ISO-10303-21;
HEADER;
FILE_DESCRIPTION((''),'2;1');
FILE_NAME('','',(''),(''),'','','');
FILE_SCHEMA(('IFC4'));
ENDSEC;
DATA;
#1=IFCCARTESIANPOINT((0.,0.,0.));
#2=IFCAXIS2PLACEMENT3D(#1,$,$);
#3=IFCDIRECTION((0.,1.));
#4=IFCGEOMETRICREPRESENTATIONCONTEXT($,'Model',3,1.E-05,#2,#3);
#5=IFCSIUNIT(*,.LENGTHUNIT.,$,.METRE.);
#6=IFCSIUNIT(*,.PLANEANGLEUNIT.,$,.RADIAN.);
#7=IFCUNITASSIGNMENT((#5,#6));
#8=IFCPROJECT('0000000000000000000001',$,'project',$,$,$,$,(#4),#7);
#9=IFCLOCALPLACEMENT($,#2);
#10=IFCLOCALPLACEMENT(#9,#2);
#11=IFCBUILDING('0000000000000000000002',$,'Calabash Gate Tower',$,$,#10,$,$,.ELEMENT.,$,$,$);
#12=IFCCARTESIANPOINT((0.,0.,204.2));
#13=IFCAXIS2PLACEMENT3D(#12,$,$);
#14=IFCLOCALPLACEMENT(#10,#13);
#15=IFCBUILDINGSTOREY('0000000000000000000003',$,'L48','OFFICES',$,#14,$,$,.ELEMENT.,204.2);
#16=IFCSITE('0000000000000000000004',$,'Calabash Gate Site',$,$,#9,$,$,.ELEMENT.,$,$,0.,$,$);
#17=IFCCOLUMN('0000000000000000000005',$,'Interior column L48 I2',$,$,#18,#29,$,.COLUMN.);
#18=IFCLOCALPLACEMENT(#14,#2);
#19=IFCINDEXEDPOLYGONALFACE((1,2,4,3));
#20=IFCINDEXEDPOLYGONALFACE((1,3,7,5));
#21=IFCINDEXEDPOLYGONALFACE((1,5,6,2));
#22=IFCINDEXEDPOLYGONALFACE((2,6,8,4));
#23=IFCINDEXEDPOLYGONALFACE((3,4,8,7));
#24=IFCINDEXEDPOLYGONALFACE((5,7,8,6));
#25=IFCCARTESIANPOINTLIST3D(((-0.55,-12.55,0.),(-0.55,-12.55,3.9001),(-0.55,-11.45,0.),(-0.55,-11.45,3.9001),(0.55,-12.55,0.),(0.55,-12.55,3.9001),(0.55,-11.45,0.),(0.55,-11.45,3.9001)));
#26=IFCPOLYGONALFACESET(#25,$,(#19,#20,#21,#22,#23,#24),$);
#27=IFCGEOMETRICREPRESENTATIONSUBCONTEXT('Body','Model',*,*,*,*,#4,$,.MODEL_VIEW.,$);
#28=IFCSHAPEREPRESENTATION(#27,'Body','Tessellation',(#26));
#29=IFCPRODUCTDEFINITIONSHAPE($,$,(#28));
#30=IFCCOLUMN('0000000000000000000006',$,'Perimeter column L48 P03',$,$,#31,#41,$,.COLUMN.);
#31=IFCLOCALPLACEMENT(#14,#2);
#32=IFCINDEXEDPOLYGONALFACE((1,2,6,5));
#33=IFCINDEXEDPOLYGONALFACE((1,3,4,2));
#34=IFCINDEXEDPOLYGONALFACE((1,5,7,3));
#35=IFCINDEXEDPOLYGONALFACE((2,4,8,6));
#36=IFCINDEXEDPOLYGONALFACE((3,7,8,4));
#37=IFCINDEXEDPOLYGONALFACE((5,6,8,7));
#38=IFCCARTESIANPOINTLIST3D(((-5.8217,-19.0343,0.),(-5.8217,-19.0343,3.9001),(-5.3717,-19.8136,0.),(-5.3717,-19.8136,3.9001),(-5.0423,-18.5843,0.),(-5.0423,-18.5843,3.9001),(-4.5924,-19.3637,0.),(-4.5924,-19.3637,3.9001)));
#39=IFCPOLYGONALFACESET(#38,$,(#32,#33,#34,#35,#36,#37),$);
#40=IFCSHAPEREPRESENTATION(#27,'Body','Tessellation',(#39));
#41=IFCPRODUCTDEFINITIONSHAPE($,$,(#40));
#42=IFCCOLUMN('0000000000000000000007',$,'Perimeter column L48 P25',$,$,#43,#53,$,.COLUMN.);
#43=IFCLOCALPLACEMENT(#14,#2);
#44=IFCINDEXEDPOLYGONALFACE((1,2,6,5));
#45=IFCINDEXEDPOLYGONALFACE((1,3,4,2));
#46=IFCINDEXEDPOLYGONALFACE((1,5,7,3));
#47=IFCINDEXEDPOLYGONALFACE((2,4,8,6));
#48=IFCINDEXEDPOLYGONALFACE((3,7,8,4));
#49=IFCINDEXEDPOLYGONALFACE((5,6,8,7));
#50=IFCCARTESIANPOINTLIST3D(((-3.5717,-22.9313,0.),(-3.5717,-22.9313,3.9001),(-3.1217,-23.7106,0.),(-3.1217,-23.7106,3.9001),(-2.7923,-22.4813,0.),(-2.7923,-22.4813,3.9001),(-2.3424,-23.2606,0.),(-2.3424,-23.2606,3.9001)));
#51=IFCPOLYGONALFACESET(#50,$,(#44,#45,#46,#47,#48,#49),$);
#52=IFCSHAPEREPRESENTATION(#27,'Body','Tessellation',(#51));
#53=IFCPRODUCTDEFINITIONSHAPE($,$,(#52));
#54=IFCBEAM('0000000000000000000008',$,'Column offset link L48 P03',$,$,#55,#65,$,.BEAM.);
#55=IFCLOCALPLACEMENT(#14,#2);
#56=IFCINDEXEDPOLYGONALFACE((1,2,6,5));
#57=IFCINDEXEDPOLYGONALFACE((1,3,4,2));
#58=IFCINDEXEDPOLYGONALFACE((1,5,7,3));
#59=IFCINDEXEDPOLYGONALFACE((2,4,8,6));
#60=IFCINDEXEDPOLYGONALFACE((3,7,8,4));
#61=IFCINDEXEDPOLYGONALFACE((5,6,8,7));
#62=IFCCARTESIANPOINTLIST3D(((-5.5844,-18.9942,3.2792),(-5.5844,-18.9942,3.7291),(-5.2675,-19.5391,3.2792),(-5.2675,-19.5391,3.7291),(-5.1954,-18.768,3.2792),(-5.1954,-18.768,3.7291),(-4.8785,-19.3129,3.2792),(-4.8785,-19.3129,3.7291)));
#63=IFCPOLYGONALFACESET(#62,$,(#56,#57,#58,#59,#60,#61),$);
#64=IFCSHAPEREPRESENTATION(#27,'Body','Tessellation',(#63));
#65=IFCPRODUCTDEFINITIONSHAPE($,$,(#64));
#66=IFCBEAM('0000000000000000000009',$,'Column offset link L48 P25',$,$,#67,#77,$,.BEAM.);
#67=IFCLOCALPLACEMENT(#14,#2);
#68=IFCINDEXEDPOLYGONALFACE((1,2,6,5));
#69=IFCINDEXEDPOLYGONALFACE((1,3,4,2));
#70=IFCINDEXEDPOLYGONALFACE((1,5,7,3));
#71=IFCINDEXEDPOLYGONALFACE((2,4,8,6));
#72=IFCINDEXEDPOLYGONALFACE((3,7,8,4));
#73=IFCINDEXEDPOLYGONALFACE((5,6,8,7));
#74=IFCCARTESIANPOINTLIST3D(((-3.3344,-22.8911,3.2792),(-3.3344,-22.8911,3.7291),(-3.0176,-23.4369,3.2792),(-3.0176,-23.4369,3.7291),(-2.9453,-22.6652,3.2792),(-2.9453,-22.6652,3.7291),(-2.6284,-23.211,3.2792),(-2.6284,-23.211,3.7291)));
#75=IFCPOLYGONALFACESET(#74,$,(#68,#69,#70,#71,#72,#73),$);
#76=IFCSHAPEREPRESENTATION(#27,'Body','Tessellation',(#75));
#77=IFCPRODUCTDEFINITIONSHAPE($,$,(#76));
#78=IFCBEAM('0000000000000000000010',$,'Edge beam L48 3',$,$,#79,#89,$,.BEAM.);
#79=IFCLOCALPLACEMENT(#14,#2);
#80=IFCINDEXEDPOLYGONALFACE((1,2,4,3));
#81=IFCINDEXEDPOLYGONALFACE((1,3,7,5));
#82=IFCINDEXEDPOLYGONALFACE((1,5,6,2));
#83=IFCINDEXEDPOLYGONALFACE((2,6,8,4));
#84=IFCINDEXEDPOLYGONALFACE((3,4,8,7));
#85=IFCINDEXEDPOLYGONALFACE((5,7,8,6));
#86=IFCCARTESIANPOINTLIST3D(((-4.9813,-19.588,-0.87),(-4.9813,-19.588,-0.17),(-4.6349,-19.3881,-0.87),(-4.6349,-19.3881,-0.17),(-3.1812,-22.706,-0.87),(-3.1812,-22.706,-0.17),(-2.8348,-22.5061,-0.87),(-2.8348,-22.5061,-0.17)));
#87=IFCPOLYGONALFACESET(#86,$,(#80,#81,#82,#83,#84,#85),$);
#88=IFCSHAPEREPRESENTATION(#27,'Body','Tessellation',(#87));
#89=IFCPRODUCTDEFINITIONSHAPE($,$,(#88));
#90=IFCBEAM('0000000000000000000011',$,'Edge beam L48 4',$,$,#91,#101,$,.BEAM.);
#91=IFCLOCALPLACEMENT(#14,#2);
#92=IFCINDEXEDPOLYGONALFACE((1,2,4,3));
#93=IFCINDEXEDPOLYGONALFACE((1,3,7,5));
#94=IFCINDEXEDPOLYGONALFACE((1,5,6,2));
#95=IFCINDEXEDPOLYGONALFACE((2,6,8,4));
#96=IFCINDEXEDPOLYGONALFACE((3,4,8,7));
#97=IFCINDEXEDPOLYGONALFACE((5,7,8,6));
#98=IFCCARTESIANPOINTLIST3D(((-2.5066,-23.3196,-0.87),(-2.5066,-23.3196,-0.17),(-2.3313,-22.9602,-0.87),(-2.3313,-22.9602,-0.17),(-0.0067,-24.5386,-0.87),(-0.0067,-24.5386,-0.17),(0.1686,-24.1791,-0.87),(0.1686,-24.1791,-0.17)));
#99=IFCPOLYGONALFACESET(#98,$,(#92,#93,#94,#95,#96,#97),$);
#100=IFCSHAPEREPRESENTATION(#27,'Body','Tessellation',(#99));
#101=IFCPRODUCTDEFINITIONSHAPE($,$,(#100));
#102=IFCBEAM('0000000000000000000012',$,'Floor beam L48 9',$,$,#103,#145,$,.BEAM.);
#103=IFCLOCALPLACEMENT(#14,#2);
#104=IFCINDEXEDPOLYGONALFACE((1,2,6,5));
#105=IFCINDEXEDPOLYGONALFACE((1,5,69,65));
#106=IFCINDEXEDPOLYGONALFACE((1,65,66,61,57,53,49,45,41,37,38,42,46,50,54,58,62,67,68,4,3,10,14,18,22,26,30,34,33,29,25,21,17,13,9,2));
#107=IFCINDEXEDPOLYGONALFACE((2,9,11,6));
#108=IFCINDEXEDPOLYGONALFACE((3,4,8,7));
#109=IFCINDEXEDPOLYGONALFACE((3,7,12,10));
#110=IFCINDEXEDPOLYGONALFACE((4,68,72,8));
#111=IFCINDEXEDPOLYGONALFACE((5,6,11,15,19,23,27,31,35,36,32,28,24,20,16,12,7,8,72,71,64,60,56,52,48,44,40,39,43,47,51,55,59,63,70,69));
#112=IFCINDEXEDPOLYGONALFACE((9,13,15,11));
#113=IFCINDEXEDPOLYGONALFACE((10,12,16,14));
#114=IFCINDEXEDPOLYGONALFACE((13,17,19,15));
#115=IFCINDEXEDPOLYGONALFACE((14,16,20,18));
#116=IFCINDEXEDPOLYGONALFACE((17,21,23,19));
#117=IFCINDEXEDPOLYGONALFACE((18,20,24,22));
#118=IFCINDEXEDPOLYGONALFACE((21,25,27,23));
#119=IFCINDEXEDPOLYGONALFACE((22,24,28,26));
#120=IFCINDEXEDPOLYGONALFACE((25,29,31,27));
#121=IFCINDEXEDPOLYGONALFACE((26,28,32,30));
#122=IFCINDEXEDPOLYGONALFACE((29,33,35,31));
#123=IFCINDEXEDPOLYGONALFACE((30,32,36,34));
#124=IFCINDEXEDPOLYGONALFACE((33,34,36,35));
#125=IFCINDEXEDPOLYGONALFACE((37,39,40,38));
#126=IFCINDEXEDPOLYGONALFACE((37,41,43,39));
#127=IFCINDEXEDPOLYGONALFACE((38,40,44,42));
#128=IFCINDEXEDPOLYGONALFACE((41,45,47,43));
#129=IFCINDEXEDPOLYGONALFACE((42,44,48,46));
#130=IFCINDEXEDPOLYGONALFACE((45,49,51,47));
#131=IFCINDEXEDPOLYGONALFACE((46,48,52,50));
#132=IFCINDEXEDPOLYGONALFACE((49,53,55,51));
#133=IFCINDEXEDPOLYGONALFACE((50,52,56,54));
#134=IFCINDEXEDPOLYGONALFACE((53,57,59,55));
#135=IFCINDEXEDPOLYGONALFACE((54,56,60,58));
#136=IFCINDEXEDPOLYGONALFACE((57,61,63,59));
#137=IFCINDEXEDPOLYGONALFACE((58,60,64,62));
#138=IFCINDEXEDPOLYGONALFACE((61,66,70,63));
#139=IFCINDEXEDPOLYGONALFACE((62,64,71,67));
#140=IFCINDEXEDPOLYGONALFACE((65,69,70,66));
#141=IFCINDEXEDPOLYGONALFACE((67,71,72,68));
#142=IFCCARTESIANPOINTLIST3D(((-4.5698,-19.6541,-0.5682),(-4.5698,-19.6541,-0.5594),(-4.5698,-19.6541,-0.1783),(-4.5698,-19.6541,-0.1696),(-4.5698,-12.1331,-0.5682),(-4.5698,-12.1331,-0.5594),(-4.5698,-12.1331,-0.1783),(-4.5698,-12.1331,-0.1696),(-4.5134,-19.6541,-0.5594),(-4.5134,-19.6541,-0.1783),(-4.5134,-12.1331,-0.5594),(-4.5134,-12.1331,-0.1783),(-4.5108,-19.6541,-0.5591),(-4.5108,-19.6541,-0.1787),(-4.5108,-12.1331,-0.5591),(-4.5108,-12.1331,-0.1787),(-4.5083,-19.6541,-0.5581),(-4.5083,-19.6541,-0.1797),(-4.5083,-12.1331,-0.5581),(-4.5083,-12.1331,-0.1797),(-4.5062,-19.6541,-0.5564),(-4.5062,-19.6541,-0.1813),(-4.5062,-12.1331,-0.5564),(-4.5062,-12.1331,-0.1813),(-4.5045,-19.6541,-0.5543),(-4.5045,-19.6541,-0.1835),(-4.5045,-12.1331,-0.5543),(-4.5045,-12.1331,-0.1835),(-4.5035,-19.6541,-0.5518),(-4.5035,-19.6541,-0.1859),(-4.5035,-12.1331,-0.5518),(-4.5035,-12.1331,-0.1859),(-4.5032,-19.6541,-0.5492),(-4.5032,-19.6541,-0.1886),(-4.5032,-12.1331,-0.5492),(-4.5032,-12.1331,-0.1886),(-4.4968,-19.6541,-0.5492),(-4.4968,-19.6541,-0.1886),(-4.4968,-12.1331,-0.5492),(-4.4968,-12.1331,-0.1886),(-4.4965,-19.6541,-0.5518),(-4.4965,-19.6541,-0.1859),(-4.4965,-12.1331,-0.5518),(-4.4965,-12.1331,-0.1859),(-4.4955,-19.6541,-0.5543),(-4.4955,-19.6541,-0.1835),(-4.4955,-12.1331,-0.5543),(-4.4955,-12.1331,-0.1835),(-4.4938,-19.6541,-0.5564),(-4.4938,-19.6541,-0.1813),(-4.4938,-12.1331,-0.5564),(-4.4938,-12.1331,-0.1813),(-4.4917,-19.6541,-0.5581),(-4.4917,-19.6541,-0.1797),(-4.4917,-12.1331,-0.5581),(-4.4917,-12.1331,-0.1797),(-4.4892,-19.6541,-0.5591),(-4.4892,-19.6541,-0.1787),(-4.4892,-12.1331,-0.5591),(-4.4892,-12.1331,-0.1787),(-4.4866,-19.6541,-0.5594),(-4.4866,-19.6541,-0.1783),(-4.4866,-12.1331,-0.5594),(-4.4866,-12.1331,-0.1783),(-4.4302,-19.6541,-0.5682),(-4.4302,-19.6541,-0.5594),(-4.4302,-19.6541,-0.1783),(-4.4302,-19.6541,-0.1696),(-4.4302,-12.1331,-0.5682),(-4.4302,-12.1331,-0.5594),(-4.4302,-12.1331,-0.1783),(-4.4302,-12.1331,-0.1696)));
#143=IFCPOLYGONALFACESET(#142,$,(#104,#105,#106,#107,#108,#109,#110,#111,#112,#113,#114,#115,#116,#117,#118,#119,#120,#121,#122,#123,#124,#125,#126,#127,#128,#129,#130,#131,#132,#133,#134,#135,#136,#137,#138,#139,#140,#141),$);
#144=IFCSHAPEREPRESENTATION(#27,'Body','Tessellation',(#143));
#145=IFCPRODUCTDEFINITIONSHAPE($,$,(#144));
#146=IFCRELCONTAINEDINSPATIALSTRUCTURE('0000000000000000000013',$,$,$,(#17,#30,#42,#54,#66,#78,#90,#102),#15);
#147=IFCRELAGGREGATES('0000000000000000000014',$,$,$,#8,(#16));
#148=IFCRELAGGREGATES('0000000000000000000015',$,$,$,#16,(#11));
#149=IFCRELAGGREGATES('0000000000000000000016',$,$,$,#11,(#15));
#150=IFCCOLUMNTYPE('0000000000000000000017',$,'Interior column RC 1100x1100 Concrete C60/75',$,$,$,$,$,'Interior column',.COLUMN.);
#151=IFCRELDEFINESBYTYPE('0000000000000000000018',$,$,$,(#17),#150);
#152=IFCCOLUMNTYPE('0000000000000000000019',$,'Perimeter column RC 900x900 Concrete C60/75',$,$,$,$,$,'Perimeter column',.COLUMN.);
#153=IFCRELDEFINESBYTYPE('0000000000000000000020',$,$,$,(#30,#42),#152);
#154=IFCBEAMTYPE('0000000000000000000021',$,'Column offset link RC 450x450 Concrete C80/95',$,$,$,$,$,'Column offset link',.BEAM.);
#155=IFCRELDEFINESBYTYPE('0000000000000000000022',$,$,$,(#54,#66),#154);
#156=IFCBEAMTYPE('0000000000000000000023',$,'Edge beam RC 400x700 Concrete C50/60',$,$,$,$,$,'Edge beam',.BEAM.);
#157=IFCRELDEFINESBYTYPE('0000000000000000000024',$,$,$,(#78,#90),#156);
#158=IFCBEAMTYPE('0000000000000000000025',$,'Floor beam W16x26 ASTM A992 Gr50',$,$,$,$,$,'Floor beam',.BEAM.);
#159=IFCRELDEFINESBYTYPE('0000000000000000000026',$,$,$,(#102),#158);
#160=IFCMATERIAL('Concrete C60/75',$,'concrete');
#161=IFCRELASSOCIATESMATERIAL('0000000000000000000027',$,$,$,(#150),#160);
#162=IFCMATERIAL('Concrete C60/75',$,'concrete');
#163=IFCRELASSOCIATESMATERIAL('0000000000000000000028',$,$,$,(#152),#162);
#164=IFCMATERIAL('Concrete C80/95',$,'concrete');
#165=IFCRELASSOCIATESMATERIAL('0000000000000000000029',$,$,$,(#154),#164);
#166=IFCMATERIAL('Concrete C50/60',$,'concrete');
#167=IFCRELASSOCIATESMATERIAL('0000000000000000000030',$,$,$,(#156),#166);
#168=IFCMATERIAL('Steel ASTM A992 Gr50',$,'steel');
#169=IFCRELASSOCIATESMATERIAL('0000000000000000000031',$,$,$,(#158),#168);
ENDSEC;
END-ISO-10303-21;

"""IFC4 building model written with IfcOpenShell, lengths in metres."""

from ifc_helpers import new_model, si_unit, direction, frame, origin, origin_2d, place, context, subcontext, project, spatial, rectangle, i_section, extrude, material, material_profile, profile_set, type_object, element, save


model = new_model("IFC4")

# Units and contexts
model_context = context("Model", 3, precision=1e-05, world=origin(), true_north=direction((0.0, 1.0)))
body_context = subcontext(model_context, "Body", "Model", "MODEL_VIEW")
ifc_project = project(units=[si_unit("LENGTHUNIT", "METRE"), si_unit("PLANEANGLEUNIT", "RADIAN")], contexts=[model_context])

# Site, building, storey
site_placement = place(None, origin())
site = spatial("IfcSite", under=ifc_project, at=site_placement, Name="Calabash Gate Site", CompositionType="ELEMENT", RefElevation=0.0)
building_placement = place(site_placement, origin())
building = spatial("IfcBuilding", under=site, at=building_placement, Name="Calabash Gate Tower", CompositionType="ELEMENT")
storey_placement = place(building_placement, frame((0.0, 0.0, 204.2)))
storey = spatial("IfcBuildingStorey", under=building, at=storey_placement, Name="L48", Description="OFFICES", CompositionType="ELEMENT", Elevation=204.2)

# Columns
ifc_material_1 = material(Name="Concrete C60/75", Category="concrete")
ifc_material_profile_1 = material_profile(ifc_material_1, rectangle(XDim=1.1001, YDim=1.1001, at=origin_2d()))
ifc_profile_set_1 = profile_set([ifc_material_profile_1], Name="Concrete C60/75")
column_type_1 = type_object("IfcColumnType", Name="Interior column RC 1100x1100 Concrete C60/75", ElementType="Interior column", PredefinedType="COLUMN", material=ifc_profile_set_1)
column_placement = place(storey_placement, frame((0.0, -12.0, 0.0), z_axis=(0.0, 0.0, 1.0), x_axis=(1.0, 0.0, 0.0)))
element("IfcColumn", 1, at=column_placement, inside=storey, type_object=column_type_1, Name="Interior column L48 I2", PredefinedType="COLUMN", context=body_context, shape_type="SweptSolid", body=[
    extrude(rectangle(XDim=1.1001, YDim=1.1001, at=origin_2d()), origin(), (0.0, 0.0, 1.0), 3.9001),
])
ifc_material_2 = material(Name="Concrete C60/75", Category="concrete")
ifc_material_profile_2 = material_profile(ifc_material_2, rectangle(XDim=0.8999, YDim=0.8999, at=origin_2d()))
ifc_profile_set_2 = profile_set([ifc_material_profile_2], Name="Concrete C60/75")
column_type_2 = type_object("IfcColumnType", Name="Perimeter column RC 900x900 Concrete C60/75", ElementType="Perimeter column", PredefinedType="COLUMN", material=ifc_profile_set_2)
for number, where, z_axis, x_axis, name in (
    (2, (-5.207, -19.199, 0.0), (0.0, 0.0, 1.0), (0.5, -0.866025, 0.0), "Perimeter column L48 P03"),
    (3, (-2.957, -23.0959, 0.0), (0.0, 0.0, 1.0), (0.5, -0.866025, 0.0), "Perimeter column L48 P25"),
):
    element("IfcColumn", number, at=place(storey_placement, frame(where, z_axis=z_axis, x_axis=x_axis)), inside=storey, type_object=column_type_2, Name=name, PredefinedType="COLUMN", context=body_context, shape_type="SweptSolid", body=[
        extrude(rectangle(XDim=0.8999, YDim=0.8999, at=origin_2d()), origin(), (0.0, 0.0, 1.0), 3.9001),
    ])

# Beams
ifc_material_3 = material(Name="Concrete C80/95", Category="concrete")
ifc_material_profile_3 = material_profile(ifc_material_3, rectangle(XDim=0.45, YDim=0.45, at=origin_2d()))
ifc_profile_set_3 = profile_set([ifc_material_profile_3], Name="Concrete C80/95")
beam_type_1 = type_object("IfcBeamType", Name="Column offset link RC 450x450 Concrete C80/95", ElementType="Column offset link", PredefinedType="BEAM", material=ifc_profile_set_3)
beam_1_placement = place(storey_placement, frame((-5.073, -19.426, 3.5042), z_axis=(-0.502715, 0.864452, 0.0), x_axis=(-0.864452, -0.502715, 0.0)))
element("IfcBeam", 4, at=beam_1_placement, inside=storey, type_object=beam_type_1, Name="Column offset link L48 P03", PredefinedType="BEAM", context=body_context, shape_type="SweptSolid", body=[
    extrude(rectangle(XDim=0.45, YDim=0.45, at=origin_2d()), origin(), (0.0, 0.0, 1.0), 0.6304),
])
beam_2_placement = place(storey_placement, frame((-2.823, -23.324, 3.5042), z_axis=(-0.502042, 0.864843, 0.0), x_axis=(-0.864843, -0.502042, 0.0)))
element("IfcBeam", 5, at=beam_2_placement, inside=storey, type_object=beam_type_1, Name="Column offset link L48 P25", PredefinedType="BEAM", context=body_context, shape_type="SweptSolid", body=[
    extrude(rectangle(XDim=0.45, YDim=0.45, at=origin_2d()), origin(), (0.0, 0.0, 1.0), 0.6311),
])
ifc_material_4 = material(Name="Concrete C50/60", Category="concrete")
ifc_material_profile_4 = material_profile(ifc_material_4, rectangle(XDim=0.3999, YDim=0.7, at=origin_2d()))
ifc_profile_set_4 = profile_set([ifc_material_profile_4], Name="Concrete C50/60")
beam_type_2 = type_object("IfcBeamType", Name="Edge beam RC 400x700 Concrete C50/60", ElementType="Edge beam", PredefinedType="BEAM", material=ifc_profile_set_4)
beam_3_placement = place(storey_placement, frame((-4.8081, -19.488, -0.52), z_axis=(0.499983, -0.866035, 0.0), x_axis=(0.866035, 0.499983, 0.0)))
element("IfcBeam", 6, at=beam_3_placement, inside=storey, type_object=beam_type_2, Name="Edge beam L48 3", PredefinedType="BEAM", context=body_context, shape_type="SweptSolid", body=[
    extrude(rectangle(XDim=0.3999, YDim=0.7, at=origin_2d()), origin(), (0.0, 0.0, 1.0), 3.6003),
])
beam_4_placement = place(storey_placement, frame((-2.4189, -23.1399, -0.52), z_axis=(0.898842, -0.438273, 0.0), x_axis=(0.438273, 0.898842, 0.0)))
element("IfcBeam", 7, at=beam_4_placement, inside=storey, type_object=beam_type_2, Name="Edge beam L48 4", PredefinedType="BEAM", context=body_context, shape_type="SweptSolid", body=[
    extrude(rectangle(XDim=0.3999, YDim=0.7, at=origin_2d()), origin(), (0.0, 0.0, 1.0), 2.7812),
])
ifc_material_5 = material(Name="Steel ASTM A992 Gr50", Category="steel")
ifc_material_profile_5 = material_profile(ifc_material_5, i_section(OverallWidth=0.1396, OverallDepth=0.3987, WebThickness=0.0063, FlangeThickness=0.0088, FilletRadius=0.0103, at=origin_2d()))
ifc_profile_set_5 = profile_set([ifc_material_profile_5], Name="Steel ASTM A992 Gr50")
beam_type_3 = type_object("IfcBeamType", Name="Floor beam W16x26 ASTM A992 Gr50", ElementType="Floor beam", PredefinedType="BEAM", material=ifc_profile_set_5)
beam_5_placement = place(storey_placement, frame((-4.5, -19.6541, -0.3689), z_axis=(0.0, 1.0, 0.0), x_axis=(-1.0, 0.0, 0.0)))
element("IfcBeam", 8, at=beam_5_placement, inside=storey, type_object=beam_type_3, Name="Floor beam L48 9", PredefinedType="BEAM", context=body_context, shape_type="SweptSolid", body=[
    extrude(i_section(OverallWidth=0.1396, OverallDepth=0.3987, WebThickness=0.0063, FlangeThickness=0.0088, FilletRadius=0.0103, at=origin_2d()), origin(), (0.0, 0.0, 1.0), 7.521),
])

save(model, "model.ifc")
